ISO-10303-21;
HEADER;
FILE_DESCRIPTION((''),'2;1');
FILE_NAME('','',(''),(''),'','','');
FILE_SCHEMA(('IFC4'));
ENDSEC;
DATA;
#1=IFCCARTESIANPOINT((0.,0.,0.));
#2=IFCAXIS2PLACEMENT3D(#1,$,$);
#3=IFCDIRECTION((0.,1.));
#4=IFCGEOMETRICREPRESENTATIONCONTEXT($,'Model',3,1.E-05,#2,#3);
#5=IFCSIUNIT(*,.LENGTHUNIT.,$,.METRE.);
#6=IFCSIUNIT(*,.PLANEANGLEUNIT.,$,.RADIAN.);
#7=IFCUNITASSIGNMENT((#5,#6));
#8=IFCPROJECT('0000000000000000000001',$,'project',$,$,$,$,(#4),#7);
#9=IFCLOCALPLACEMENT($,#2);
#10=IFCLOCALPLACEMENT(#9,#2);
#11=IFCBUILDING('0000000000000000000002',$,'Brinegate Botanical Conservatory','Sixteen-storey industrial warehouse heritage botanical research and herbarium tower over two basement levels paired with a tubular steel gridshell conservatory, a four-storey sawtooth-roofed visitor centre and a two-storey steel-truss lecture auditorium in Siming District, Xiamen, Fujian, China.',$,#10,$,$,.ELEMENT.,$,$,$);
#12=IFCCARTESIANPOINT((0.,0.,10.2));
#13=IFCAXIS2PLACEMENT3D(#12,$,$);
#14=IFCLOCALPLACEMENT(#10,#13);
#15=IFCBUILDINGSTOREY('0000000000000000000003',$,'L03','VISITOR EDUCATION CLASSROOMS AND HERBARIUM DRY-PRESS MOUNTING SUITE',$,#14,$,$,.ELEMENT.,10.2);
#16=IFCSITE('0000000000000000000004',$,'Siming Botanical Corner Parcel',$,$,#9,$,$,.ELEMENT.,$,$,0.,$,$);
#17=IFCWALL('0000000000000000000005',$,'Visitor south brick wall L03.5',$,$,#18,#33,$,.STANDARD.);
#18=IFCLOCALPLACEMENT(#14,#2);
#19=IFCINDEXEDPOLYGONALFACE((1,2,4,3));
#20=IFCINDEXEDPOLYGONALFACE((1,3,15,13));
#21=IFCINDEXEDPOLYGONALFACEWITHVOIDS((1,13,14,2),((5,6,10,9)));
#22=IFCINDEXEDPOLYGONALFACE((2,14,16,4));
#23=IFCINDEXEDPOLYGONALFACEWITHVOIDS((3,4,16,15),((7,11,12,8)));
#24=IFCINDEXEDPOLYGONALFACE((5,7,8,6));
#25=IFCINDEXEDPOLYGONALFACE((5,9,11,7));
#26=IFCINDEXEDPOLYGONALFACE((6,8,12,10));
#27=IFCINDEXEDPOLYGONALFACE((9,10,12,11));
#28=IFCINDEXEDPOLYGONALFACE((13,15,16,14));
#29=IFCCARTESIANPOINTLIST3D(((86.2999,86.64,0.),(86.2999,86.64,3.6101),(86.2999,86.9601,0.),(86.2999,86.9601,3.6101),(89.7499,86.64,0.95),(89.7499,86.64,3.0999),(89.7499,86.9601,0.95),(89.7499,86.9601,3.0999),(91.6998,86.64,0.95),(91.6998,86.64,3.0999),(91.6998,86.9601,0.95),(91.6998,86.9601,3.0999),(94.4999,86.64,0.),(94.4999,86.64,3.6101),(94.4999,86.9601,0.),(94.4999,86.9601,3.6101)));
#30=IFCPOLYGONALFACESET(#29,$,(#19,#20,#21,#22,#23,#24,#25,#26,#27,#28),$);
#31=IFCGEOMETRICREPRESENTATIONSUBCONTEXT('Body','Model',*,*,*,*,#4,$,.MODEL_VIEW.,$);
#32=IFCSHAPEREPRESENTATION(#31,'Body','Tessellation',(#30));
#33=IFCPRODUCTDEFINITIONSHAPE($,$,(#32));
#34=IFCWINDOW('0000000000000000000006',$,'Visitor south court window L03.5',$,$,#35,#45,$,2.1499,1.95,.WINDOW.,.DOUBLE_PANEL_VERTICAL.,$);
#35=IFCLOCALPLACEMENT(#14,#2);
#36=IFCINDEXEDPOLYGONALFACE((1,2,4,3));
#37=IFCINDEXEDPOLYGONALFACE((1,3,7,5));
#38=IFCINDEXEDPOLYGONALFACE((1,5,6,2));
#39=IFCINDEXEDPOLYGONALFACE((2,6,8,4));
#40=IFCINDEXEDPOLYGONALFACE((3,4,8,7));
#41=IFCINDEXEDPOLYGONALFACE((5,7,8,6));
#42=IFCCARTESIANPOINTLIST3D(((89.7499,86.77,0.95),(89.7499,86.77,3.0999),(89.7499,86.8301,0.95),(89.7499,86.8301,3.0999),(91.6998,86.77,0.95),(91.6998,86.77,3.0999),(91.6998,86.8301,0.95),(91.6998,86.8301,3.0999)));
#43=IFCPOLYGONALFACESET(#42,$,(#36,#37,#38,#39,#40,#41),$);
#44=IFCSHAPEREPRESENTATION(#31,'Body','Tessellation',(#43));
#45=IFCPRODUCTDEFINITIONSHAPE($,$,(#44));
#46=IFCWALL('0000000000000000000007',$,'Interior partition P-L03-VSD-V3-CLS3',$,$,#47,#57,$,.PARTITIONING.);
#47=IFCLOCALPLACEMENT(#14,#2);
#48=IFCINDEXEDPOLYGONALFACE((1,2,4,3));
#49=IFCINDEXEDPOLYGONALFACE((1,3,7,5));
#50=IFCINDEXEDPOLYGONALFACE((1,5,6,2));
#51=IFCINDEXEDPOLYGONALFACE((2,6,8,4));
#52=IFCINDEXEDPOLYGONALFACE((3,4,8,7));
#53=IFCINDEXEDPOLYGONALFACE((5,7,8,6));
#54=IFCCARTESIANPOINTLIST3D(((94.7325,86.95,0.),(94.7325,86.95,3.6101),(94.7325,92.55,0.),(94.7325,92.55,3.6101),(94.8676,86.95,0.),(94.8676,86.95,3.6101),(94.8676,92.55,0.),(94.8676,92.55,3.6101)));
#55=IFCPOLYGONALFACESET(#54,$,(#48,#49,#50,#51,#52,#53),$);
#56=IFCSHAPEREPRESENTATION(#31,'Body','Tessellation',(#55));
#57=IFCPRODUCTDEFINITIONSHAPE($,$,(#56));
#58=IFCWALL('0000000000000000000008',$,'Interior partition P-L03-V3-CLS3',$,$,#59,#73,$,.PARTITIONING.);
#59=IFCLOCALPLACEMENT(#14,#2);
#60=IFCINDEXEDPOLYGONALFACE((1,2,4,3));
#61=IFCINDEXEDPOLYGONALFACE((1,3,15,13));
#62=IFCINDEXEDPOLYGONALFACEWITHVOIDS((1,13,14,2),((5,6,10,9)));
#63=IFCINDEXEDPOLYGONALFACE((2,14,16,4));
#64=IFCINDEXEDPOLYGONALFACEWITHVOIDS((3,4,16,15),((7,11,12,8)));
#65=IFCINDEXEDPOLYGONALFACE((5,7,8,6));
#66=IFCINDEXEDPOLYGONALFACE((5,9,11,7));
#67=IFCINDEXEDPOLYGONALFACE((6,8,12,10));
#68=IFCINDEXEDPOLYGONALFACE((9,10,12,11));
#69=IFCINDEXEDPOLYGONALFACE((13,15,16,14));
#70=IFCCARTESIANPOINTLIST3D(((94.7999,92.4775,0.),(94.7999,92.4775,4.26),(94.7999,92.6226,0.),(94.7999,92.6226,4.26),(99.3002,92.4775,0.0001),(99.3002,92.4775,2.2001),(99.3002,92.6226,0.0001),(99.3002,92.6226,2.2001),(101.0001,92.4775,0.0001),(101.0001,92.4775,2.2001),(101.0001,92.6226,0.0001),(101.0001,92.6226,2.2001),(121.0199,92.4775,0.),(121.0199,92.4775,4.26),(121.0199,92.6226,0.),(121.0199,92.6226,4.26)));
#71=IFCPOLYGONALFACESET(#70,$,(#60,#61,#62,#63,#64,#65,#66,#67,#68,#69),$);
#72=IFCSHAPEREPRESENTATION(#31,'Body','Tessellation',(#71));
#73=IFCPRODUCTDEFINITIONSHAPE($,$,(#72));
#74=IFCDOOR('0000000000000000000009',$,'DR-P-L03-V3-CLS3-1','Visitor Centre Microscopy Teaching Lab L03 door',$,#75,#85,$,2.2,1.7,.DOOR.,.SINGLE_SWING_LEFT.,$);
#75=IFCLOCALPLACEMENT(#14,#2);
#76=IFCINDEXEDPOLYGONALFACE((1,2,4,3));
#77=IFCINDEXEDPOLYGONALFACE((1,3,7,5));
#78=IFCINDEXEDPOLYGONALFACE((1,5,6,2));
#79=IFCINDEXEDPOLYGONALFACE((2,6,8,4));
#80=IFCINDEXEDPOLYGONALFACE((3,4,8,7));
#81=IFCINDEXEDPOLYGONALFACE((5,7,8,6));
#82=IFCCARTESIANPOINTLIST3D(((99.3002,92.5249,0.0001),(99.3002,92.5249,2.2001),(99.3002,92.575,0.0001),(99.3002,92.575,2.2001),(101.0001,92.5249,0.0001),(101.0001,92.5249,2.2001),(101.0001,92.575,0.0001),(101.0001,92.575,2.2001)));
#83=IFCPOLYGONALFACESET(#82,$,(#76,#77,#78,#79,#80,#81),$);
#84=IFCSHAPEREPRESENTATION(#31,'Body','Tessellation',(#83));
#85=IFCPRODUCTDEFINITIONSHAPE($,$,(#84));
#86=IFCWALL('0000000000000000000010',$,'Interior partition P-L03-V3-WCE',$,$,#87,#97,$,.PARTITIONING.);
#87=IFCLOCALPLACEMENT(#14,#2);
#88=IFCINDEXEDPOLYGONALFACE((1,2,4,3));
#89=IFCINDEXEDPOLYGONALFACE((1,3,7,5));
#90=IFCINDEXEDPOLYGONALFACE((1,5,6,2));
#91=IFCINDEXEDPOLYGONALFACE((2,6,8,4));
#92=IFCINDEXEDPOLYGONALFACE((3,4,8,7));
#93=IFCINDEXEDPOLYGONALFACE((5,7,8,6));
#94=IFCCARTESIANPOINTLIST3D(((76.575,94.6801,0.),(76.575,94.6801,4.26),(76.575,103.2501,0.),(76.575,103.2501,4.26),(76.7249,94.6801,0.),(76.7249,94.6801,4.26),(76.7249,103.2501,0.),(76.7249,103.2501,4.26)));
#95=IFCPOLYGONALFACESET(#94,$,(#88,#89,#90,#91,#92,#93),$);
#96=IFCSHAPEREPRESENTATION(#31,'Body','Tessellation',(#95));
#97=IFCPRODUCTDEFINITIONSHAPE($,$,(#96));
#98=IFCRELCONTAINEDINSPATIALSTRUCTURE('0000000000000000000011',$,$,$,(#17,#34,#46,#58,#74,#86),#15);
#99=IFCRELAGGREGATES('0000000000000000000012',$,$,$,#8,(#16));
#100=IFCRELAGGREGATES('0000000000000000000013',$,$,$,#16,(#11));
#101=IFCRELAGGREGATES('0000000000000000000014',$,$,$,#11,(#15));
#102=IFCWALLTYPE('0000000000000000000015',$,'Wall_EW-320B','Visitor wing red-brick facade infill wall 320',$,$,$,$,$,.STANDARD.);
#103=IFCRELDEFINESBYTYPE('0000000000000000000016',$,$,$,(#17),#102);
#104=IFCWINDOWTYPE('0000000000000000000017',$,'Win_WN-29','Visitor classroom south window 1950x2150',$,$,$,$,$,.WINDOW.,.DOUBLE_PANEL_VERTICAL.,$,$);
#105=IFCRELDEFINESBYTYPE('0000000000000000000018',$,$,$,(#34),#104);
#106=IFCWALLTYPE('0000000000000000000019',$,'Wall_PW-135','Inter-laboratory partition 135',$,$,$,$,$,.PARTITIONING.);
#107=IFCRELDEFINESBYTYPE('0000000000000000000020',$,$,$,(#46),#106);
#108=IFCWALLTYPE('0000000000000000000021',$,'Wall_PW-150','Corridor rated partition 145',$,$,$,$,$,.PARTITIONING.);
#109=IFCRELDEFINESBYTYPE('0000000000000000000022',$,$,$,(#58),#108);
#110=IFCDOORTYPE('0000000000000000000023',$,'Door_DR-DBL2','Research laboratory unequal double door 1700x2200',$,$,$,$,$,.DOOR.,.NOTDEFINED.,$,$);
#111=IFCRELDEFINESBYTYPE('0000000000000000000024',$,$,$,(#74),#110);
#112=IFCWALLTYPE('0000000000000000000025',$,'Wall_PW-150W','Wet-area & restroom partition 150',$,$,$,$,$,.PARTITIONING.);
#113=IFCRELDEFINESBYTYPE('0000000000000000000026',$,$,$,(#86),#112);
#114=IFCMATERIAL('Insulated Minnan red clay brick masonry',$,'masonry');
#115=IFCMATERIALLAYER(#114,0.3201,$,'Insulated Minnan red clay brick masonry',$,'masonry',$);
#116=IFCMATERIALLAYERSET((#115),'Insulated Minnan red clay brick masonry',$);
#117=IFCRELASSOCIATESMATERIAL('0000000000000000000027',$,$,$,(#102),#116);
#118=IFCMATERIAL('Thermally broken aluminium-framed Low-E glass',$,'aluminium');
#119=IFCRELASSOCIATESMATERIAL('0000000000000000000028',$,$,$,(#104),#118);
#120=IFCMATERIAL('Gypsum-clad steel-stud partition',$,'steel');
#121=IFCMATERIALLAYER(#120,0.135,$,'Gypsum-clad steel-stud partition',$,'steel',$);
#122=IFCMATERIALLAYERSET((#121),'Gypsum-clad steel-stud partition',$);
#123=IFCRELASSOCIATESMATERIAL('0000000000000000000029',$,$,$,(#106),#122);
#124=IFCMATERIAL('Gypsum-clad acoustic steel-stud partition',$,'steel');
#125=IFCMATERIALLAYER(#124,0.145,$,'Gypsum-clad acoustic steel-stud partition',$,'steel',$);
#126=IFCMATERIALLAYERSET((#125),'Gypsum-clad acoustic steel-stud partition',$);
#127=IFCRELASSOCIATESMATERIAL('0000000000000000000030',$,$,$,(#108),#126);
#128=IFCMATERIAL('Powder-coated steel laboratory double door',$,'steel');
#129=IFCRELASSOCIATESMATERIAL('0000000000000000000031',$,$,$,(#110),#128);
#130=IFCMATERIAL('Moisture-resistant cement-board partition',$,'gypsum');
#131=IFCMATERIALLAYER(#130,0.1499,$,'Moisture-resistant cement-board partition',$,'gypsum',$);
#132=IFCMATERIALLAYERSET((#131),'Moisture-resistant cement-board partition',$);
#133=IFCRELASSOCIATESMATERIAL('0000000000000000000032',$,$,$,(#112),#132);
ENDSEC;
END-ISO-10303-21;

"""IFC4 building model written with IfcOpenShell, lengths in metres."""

from ifc_helpers import new_model, si_unit, direction, frame, frame_2d, origin, place, context, subcontext, project, spatial, rectangle, extrude, material, layer, layer_set, type_object, element, fill, save


model = new_model("IFC4")

# Units and contexts
model_context = context("Model", 3, precision=1e-05, world=origin(), true_north=direction((0.0, 1.0)))
body_context = subcontext(model_context, "Body", "Model", "MODEL_VIEW")
ifc_project = project(units=[si_unit("LENGTHUNIT", "METRE"), si_unit("PLANEANGLEUNIT", "RADIAN")], contexts=[model_context])

# Site, building, storey
site_placement = place(None, origin())
site = spatial("IfcSite", under=ifc_project, at=site_placement, Name="Siming Botanical Corner Parcel", CompositionType="ELEMENT", RefElevation=0.0)
building_placement = place(site_placement, origin())
building = spatial("IfcBuilding", under=site, at=building_placement, Name="Brinegate Botanical Conservatory", Description="Sixteen-storey industrial warehouse heritage botanical research and herbarium tower over two basement levels paired with a tubular steel gridshell conservatory, a four-storey sawtooth-roofed visitor centre and a two-storey steel-truss lecture auditorium in Siming District, Xiamen, Fujian, China.", CompositionType="ELEMENT")
storey_placement = place(building_placement, frame((0.0, 0.0, 10.2)))
storey = spatial("IfcBuildingStorey", under=building, at=storey_placement, Name="L03", Description="VISITOR EDUCATION CLASSROOMS AND HERBARIUM DRY-PRESS MOUNTING SUITE", CompositionType="ELEMENT", Elevation=10.2)

# Wall, opening, window
ifc_material_1 = material(Name="Insulated Minnan red clay brick masonry", Category="masonry")
ifc_layer_1 = layer(ifc_material_1, 0.3201, Name="Insulated Minnan red clay brick masonry", Category="masonry")
ifc_layer_set_1 = layer_set([ifc_layer_1], Name="Insulated Minnan red clay brick masonry")
wall_type_1 = type_object("IfcWallType", Name="Wall_EW-320B", Description="Visitor wing red-brick facade infill wall 320", PredefinedType="STANDARD", material=ifc_layer_set_1)
ifc_material_2 = material(Name="Thermally broken aluminium-framed Low-E glass", Category="aluminium")
window_type = type_object("IfcWindowType", Name="Win_WN-29", Description="Visitor classroom south window 1950x2150", PartitioningType="DOUBLE_PANEL_VERTICAL", PredefinedType="WINDOW", material=ifc_material_2)
wall_1_placement = place(storey_placement, frame((94.5, 86.8, 0.0), z_axis=(0.0, 0.0, 1.0), x_axis=(-1.0, 0.0, 0.0)))
wall_1 = element("IfcWall", 1, at=wall_1_placement, inside=storey, type_object=wall_type_1, Name="Visitor south brick wall L03.5", PredefinedType="STANDARD", context=body_context, shape_type="SweptSolid", body=[
    extrude(rectangle(XDim=8.2, YDim=0.3201, at=frame_2d((4.1001, 0.0))), origin(), (0.0, 0.0, 1.0), 3.6101),
])
opening_1_placement = place(wall_1_placement, frame((2.8, 0.0, 0.95)))
opening_1 = element("IfcOpeningElement", 2, at=opening_1_placement, cuts=wall_1, PredefinedType="OPENING", context=body_context, shape_type="SweptSolid", body=[
    extrude(rectangle(XDim=1.95, YDim=2.1499, at=frame_2d((0.9751, 1.075))), frame((0.0, 0.1699, 0.0), z_axis=(0.0, -1.0, 0.0), x_axis=(1.0, 0.0, 0.0)), (0.0, 0.0, 1.0), 0.3401),
])
window_1_placement = place(opening_1_placement, origin())
window_1 = element("IfcWindow", 3, at=window_1_placement, inside=storey, type_object=window_type, Name="Visitor south court window L03.5", OverallHeight=2.1499, OverallWidth=1.95, PartitioningType="DOUBLE_PANEL_VERTICAL", PredefinedType="WINDOW", context=body_context, shape_type="SweptSolid", body=[
    extrude(rectangle(XDim=1.95, YDim=2.1499, at=frame_2d((0.9751, 1.075))), frame((0.0, 0.03, 0.0), z_axis=(0.0, -1.0, 0.0), x_axis=(1.0, 0.0, 0.0)), (0.0, 0.0, 1.0), 0.0601),
])
fill(opening_1, window_1)

# Wall
ifc_material_3 = material(Name="Gypsum-clad steel-stud partition", Category="steel")
ifc_layer_2 = layer(ifc_material_3, 0.135, Name="Gypsum-clad steel-stud partition", Category="steel")
ifc_layer_set_2 = layer_set([ifc_layer_2], Name="Gypsum-clad steel-stud partition")
wall_type_2 = type_object("IfcWallType", Name="Wall_PW-135", Description="Inter-laboratory partition 135", PredefinedType="PARTITIONING", material=ifc_layer_set_2)
wall_2_placement = place(storey_placement, frame((94.8, 86.95, 0.0), z_axis=(0.0, 0.0, 1.0), x_axis=(0.0, 1.0, 0.0)))
element("IfcWall", 4, at=wall_2_placement, inside=storey, type_object=wall_type_2, Name="Interior partition P-L03-VSD-V3-CLS3", PredefinedType="PARTITIONING", context=body_context, shape_type="SweptSolid", body=[
    extrude(rectangle(XDim=5.6001, YDim=0.135, at=frame_2d((2.8, 0.0))), origin(), (0.0, 0.0, 1.0), 3.6101),
])

# Wall, opening, door
ifc_material_4 = material(Name="Gypsum-clad acoustic steel-stud partition", Category="steel")
ifc_layer_3 = layer(ifc_material_4, 0.145, Name="Gypsum-clad acoustic steel-stud partition", Category="steel")
ifc_layer_set_3 = layer_set([ifc_layer_3], Name="Gypsum-clad acoustic steel-stud partition")
wall_type_3 = type_object("IfcWallType", Name="Wall_PW-150", Description="Corridor rated partition 145", PredefinedType="PARTITIONING", material=ifc_layer_set_3)
wall_3_placement = place(storey_placement, frame((94.8, 92.55, 0.0), z_axis=(0.0, 0.0, 1.0), x_axis=(1.0, 0.0, 0.0)))
wall_3 = element("IfcWall", 5, at=wall_3_placement, inside=storey, type_object=wall_type_3, Name="Interior partition P-L03-V3-CLS3", PredefinedType="PARTITIONING", context=body_context, shape_type="SweptSolid", body=[
    extrude(rectangle(XDim=26.22, YDim=0.145, at=frame_2d((13.1099, 0.0))), origin(), (0.0, 0.0, 1.0), 4.26),
])
opening_2_placement = place(wall_3_placement, frame((4.5, 0.0, 0.0)))
opening_2 = element("IfcOpeningElement", 6, at=opening_2_placement, cuts=wall_3, PredefinedType="OPENING", context=body_context, shape_type="SweptSolid", body=[
    extrude(rectangle(XDim=1.7, YDim=2.2, at=frame_2d((0.8501, 1.1001))), frame((0.0, 0.0825, 0.0), z_axis=(0.0, -1.0, 0.0), x_axis=(1.0, 0.0, 0.0)), (0.0, 0.0, 1.0), 0.165),
])
ifc_material_5 = material(Name="Powder-coated steel laboratory double door", Category="steel")
door_type = type_object("IfcDoorType", Name="Door_DR-DBL2", Description="Research laboratory unequal double door 1700x2200", OperationType="NOTDEFINED", PredefinedType="DOOR", material=ifc_material_5)
door_placement = place(opening_2_placement, origin())
door = element("IfcDoor", 7, at=door_placement, inside=storey, type_object=door_type, Name="DR-P-L03-V3-CLS3-1", Description="Visitor Centre Microscopy Teaching Lab L03 door", OperationType="SINGLE_SWING_LEFT", OverallHeight=2.2, OverallWidth=1.7, PredefinedType="DOOR", context=body_context, shape_type="SweptSolid", body=[
    extrude(rectangle(XDim=1.7, YDim=2.2, at=frame_2d((0.8501, 1.1001))), frame((0.0, 0.0249, 0.0), z_axis=(0.0, -1.0, 0.0), x_axis=(1.0, 0.0, 0.0)), (0.0, 0.0, 1.0), 0.05),
])
fill(opening_2, door)

# Wall
ifc_material_6 = material(Name="Moisture-resistant cement-board partition", Category="gypsum")
ifc_layer_4 = layer(ifc_material_6, 0.1499, Name="Moisture-resistant cement-board partition", Category="gypsum")
ifc_layer_set_4 = layer_set([ifc_layer_4], Name="Moisture-resistant cement-board partition")
wall_type_4 = type_object("IfcWallType", Name="Wall_PW-150W", Description="Wet-area & restroom partition 150", PredefinedType="PARTITIONING", material=ifc_layer_set_4)
wall_4_placement = place(storey_placement, frame((76.6499, 94.6799, 0.0), z_axis=(0.0, 0.0, 1.0), x_axis=(0.0, 1.0, 0.0)))
element("IfcWall", 8, at=wall_4_placement, inside=storey, type_object=wall_type_4, Name="Interior partition P-L03-V3-WCE", PredefinedType="PARTITIONING", context=body_context, shape_type="SweptSolid", body=[
    extrude(rectangle(XDim=8.5701, YDim=0.1499, at=frame_2d((4.2852, 0.0))), origin(), (0.0, 0.0, 1.0), 4.26),
])

save(model, "model.ifc")
